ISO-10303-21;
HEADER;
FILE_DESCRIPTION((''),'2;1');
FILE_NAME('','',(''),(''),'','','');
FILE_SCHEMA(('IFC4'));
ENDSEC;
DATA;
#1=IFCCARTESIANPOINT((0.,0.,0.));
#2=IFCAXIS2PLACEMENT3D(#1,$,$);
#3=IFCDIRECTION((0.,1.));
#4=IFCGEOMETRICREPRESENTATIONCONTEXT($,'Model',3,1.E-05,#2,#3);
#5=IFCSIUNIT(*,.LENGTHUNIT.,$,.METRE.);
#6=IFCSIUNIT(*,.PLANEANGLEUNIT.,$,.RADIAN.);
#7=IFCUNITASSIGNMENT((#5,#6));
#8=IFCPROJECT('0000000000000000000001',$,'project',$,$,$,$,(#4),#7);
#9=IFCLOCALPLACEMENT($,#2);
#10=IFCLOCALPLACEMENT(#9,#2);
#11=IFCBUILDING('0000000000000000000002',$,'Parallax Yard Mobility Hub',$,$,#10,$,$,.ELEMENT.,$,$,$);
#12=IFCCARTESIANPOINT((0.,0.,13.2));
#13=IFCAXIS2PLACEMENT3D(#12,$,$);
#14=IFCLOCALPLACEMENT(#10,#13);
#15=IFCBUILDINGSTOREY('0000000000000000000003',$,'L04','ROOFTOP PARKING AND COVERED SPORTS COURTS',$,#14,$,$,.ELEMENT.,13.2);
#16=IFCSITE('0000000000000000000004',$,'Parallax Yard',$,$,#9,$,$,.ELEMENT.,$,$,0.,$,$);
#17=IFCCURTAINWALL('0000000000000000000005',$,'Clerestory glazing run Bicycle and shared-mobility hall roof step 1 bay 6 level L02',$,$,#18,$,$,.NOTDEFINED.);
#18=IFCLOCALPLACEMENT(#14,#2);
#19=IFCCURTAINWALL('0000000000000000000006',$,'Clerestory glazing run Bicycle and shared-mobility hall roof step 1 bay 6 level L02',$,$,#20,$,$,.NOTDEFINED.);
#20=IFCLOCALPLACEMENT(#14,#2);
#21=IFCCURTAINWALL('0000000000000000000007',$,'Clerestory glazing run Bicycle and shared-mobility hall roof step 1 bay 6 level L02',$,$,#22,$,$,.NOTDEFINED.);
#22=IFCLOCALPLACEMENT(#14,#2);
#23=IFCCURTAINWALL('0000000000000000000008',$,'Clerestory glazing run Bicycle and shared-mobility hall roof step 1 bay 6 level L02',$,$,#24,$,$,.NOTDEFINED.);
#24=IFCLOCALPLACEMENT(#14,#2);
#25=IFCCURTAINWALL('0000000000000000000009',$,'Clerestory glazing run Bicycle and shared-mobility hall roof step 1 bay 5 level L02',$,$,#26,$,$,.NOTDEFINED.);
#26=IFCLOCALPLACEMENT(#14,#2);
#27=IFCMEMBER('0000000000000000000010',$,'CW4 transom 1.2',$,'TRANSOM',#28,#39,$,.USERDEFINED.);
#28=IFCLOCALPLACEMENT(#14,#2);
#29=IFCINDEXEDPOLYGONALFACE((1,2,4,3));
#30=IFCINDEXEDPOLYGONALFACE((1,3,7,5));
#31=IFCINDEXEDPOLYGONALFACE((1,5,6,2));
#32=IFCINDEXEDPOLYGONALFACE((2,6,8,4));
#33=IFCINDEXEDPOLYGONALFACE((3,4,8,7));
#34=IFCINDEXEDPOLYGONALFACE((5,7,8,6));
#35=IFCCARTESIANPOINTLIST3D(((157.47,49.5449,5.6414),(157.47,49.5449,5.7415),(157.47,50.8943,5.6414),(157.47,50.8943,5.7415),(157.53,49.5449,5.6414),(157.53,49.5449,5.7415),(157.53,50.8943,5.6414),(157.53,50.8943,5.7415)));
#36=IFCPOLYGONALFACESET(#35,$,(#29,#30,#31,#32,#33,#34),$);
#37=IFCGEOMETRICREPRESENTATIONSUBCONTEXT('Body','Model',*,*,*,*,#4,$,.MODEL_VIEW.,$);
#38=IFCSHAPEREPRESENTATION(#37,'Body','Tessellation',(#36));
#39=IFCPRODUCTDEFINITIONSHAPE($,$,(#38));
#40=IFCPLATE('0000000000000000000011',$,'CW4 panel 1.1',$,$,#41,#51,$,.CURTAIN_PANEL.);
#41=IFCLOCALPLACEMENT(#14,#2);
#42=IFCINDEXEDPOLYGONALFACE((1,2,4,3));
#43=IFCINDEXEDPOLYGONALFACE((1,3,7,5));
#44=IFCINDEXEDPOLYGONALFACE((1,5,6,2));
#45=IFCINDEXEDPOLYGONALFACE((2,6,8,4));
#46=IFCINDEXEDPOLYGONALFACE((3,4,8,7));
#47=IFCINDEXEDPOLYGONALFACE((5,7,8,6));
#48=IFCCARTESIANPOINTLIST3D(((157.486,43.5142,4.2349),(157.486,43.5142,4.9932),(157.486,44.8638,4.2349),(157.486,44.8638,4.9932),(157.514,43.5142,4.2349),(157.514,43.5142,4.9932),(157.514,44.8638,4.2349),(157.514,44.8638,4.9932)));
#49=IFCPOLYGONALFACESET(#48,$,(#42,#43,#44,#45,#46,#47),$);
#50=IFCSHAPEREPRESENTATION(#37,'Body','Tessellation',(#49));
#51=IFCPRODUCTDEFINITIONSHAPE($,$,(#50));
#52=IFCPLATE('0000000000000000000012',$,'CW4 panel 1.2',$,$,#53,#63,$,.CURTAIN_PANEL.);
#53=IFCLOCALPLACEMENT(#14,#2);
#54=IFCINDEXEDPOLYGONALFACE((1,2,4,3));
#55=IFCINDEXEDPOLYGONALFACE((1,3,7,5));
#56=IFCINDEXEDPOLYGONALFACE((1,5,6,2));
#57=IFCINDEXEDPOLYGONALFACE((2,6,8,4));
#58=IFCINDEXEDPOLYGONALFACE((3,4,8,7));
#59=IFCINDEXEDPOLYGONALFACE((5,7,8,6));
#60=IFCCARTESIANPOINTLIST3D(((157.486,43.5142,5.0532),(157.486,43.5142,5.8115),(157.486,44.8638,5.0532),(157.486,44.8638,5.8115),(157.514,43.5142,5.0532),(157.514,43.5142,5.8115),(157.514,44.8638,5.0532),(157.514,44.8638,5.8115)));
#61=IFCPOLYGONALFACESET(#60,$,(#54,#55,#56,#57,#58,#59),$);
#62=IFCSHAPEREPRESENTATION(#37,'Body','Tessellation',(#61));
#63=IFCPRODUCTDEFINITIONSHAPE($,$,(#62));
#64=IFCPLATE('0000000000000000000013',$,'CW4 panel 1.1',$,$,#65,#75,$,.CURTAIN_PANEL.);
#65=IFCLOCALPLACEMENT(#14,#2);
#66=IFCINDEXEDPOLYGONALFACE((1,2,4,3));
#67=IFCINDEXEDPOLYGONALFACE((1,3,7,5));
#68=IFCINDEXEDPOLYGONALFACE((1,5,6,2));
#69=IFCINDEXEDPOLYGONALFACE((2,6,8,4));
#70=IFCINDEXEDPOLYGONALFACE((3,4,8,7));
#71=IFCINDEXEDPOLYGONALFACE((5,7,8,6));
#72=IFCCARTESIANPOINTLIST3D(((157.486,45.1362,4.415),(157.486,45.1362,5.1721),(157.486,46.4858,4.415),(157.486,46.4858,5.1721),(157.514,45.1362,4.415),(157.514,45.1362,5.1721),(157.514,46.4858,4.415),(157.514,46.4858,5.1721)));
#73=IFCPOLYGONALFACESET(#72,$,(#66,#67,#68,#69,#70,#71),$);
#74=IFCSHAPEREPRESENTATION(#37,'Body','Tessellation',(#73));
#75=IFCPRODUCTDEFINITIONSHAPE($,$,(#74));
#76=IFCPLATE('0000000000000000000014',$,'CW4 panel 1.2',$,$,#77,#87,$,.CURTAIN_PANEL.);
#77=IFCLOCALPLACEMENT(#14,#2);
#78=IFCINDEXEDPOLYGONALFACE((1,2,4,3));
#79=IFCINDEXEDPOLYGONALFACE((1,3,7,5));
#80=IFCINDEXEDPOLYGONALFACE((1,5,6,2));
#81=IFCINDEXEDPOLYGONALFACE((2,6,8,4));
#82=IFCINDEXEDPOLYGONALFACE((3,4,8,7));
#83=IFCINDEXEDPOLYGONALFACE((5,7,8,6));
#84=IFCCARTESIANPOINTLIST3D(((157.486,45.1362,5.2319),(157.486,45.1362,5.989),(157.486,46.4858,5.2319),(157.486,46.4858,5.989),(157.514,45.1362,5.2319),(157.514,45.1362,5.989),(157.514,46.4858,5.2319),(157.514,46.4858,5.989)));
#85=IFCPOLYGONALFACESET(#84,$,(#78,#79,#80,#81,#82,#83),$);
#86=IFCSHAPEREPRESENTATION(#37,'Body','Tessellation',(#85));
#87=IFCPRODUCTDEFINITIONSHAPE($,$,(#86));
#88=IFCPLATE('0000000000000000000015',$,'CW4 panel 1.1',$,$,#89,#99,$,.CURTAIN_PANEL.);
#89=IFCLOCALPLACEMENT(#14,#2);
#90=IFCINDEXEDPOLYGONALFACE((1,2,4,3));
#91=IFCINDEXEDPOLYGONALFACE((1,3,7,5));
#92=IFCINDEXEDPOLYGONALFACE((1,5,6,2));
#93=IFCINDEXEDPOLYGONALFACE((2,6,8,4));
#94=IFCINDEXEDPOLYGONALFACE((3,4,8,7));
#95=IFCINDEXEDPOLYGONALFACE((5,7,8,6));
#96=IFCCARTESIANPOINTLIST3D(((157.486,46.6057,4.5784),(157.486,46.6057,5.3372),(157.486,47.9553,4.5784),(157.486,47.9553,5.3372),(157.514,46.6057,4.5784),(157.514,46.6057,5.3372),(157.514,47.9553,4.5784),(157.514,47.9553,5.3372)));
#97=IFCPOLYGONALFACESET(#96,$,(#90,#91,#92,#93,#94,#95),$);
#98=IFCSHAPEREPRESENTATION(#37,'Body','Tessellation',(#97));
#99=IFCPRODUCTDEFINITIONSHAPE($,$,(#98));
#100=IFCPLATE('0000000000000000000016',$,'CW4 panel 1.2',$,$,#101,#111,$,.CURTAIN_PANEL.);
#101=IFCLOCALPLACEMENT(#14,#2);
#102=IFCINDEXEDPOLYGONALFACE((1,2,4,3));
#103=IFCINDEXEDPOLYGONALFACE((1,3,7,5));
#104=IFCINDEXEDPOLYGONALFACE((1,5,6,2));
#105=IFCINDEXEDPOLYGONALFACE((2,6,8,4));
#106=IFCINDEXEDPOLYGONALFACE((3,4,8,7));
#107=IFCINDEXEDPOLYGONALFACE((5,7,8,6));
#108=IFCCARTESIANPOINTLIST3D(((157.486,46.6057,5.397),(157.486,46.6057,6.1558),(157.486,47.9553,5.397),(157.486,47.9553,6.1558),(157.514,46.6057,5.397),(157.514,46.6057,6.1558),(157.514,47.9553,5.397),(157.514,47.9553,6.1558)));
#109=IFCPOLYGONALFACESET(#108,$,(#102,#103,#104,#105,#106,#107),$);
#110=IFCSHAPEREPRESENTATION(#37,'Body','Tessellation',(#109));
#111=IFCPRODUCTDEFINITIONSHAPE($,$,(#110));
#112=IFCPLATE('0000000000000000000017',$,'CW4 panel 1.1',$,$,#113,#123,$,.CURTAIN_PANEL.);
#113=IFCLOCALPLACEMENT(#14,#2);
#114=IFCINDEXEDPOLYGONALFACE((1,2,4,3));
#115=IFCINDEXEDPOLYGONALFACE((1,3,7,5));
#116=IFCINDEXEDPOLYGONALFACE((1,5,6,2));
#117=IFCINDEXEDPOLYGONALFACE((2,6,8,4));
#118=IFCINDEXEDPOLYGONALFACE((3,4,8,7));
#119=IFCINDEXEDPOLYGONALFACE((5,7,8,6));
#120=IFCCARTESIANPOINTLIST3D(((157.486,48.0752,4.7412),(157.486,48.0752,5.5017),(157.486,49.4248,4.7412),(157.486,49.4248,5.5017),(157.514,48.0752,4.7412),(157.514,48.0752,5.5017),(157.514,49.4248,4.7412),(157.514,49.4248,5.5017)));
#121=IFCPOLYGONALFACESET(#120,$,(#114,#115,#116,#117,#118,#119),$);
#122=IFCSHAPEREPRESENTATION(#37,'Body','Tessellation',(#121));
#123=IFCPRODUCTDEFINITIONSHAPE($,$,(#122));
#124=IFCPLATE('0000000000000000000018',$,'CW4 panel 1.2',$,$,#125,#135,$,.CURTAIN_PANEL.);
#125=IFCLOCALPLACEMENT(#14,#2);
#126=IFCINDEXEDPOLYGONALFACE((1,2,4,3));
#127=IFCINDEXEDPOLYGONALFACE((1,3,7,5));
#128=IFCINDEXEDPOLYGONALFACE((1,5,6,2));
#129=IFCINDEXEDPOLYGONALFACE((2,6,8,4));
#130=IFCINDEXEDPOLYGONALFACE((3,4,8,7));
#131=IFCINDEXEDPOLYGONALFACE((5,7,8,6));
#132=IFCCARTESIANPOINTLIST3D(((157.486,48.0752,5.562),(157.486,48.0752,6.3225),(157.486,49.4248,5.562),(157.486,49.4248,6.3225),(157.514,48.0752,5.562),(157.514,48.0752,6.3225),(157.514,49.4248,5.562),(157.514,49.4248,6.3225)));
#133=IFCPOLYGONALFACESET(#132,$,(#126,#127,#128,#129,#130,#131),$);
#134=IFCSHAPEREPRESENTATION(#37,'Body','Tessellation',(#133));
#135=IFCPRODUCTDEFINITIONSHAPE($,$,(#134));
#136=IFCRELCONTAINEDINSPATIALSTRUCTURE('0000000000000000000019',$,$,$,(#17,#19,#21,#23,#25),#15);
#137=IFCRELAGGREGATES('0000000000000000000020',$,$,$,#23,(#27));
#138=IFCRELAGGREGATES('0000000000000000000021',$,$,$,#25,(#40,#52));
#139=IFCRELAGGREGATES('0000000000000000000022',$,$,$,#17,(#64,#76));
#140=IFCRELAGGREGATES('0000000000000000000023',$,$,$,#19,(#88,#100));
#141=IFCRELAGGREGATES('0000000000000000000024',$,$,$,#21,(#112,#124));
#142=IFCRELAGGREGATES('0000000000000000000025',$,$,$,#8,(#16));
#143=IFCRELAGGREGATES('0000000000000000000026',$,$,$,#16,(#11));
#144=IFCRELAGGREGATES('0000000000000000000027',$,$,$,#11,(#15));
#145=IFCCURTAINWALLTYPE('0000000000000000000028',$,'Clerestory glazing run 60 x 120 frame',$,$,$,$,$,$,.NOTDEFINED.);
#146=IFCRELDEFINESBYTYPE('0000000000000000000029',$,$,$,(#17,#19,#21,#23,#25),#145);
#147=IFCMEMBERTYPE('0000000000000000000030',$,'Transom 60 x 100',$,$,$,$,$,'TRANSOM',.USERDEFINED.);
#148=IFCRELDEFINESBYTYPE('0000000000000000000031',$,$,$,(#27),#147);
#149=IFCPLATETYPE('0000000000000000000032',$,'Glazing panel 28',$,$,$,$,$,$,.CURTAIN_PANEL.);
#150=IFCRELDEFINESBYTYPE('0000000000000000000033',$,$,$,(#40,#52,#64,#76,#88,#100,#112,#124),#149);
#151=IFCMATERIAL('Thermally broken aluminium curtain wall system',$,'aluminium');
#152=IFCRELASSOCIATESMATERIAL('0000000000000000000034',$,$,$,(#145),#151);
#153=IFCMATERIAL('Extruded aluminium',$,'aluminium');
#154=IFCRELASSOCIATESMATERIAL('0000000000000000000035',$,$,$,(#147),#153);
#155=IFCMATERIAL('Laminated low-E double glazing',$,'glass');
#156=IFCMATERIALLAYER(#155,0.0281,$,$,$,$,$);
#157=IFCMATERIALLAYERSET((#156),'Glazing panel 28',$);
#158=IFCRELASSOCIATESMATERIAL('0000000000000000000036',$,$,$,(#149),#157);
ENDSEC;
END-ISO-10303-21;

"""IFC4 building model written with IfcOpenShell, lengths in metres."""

from ifc_helpers import new_model, si_unit, direction, frame, origin, origin_2d, place, context, subcontext, project, spatial, rectangle, extrude, material, layer, layer_set, material_profile, profile_set, type_object, element, aggregate, save


model = new_model("IFC4")

# Units and contexts
model_context = context("Model", 3, precision=1e-05, world=origin(), true_north=direction((0.0, 1.0)))
body_context = subcontext(model_context, "Body", "Model", "MODEL_VIEW")
ifc_project = project(units=[si_unit("LENGTHUNIT", "METRE"), si_unit("PLANEANGLEUNIT", "RADIAN")], contexts=[model_context])

# Site, building, storey
site_placement = place(None, origin())
site = spatial("IfcSite", under=ifc_project, at=site_placement, Name="Parallax Yard", CompositionType="ELEMENT", RefElevation=0.0)
building_placement = place(site_placement, origin())
building = spatial("IfcBuilding", under=site, at=building_placement, Name="Parallax Yard Mobility Hub", CompositionType="ELEMENT")
storey_placement = place(building_placement, frame((0.0, 0.0, 13.2)))
storey = spatial("IfcBuildingStorey", under=building, at=storey_placement, Name="L04", Description="ROOFTOP PARKING AND COVERED SPORTS COURTS", CompositionType="ELEMENT", Elevation=13.2)

# Curtain wall
ifc_material_1 = material(Name="Thermally broken aluminium curtain wall system", Category="aluminium")
curtain_wall_type = type_object("IfcCurtainWallType", Name="Clerestory glazing run 60 x 120 frame", PredefinedType="NOTDEFINED", material=ifc_material_1)
curtain_wall_1_placement = place(storey_placement, origin())
curtain_wall_1 = element("IfcCurtainWall", 1, at=curtain_wall_1_placement, inside=storey, type_object=curtain_wall_type, Name="Clerestory glazing run Bicycle and shared-mobility hall roof step 1 bay 6 level L02", PredefinedType="NOTDEFINED")
ifc_material_2 = material(Name="Extruded aluminium", Category="aluminium")

# Curtain walls
curtain_wall_2_placement = place(storey_placement, origin())
curtain_wall_2 = element("IfcCurtainWall", 2, at=curtain_wall_2_placement, inside=storey, type_object=curtain_wall_type, Name="Clerestory glazing run Bicycle and shared-mobility hall roof step 1 bay 6 level L02", PredefinedType="NOTDEFINED")
curtain_wall_3_placement = place(storey_placement, origin())
curtain_wall_3 = element("IfcCurtainWall", 3, at=curtain_wall_3_placement, inside=storey, type_object=curtain_wall_type, Name="Clerestory glazing run Bicycle and shared-mobility hall roof step 1 bay 6 level L02", PredefinedType="NOTDEFINED")

# Curtain wall
curtain_wall_4_placement = place(storey_placement, origin())
curtain_wall_4 = element("IfcCurtainWall", 4, at=curtain_wall_4_placement, inside=storey, type_object=curtain_wall_type, Name="Clerestory glazing run Bicycle and shared-mobility hall roof step 1 bay 6 level L02", PredefinedType="NOTDEFINED")

# Curtain wall
curtain_wall_5_placement = place(storey_placement, origin())
curtain_wall_5 = element("IfcCurtainWall", 5, at=curtain_wall_5_placement, inside=storey, type_object=curtain_wall_type, Name="Clerestory glazing run Bicycle and shared-mobility hall roof step 1 bay 5 level L02", PredefinedType="NOTDEFINED")
ifc_material_profile_1 = material_profile(ifc_material_2, rectangle(XDim=0.0601, YDim=0.1001, at=origin_2d()), Name="Transom 60 x 100")
ifc_profile_set_1 = profile_set([ifc_material_profile_1], Name="Extruded aluminium")
member_type_1 = type_object("IfcMemberType", Name="Transom 60 x 100", ElementType="TRANSOM", PredefinedType="USERDEFINED", material=ifc_profile_set_1)

# Member
member_1_placement = place(storey_placement, frame((157.5, 49.5449, 5.6914), z_axis=(0.0, 1.0, 0.0), x_axis=(-1.0, 0.0, 0.0)))
member_1 = element("IfcMember", 6, at=member_1_placement, type_object=member_type_1, Name="CW4 transom 1.2", ObjectType="TRANSOM", PredefinedType="USERDEFINED", context=body_context, shape_type="SweptSolid", body=[
    extrude(rectangle(XDim=0.0601, YDim=0.1001, at=origin_2d()), origin(), (0.0, 0.0, 1.0), 1.3494),
])
aggregate(curtain_wall_4, [member_1])

# Plates
ifc_material_3 = material(Name="Laminated low-E double glazing", Category="glass")
ifc_layer = layer(ifc_material_3, 0.0281)
ifc_layer_set = layer_set([ifc_layer], Name="Glazing panel 28")
plate_type = type_object("IfcPlateType", Name="Glazing panel 28", PredefinedType="CURTAIN_PANEL", material=ifc_layer_set)
plate_1_placement = place(storey_placement, frame((157.5, 44.189, 4.2349), z_axis=(0.0, 0.0, 1.0), x_axis=(0.0, 1.0, 0.0)))
plate_1 = element("IfcPlate", 7, at=plate_1_placement, type_object=plate_type, Name="CW4 panel 1.1", PredefinedType="CURTAIN_PANEL", context=body_context, shape_type="SweptSolid", body=[
    extrude(rectangle(XDim=1.3496, YDim=0.0281, at=origin_2d()), origin(), (0.0, 0.0, 1.0), 0.7583),
])
plate_2_placement = place(storey_placement, frame((157.5, 44.189, 5.0532), z_axis=(0.0, 0.0, 1.0), x_axis=(0.0, 1.0, 0.0)))
plate_2 = element("IfcPlate", 8, at=plate_2_placement, type_object=plate_type, Name="CW4 panel 1.2", PredefinedType="CURTAIN_PANEL", context=body_context, shape_type="SweptSolid", body=[
    extrude(rectangle(XDim=1.3496, YDim=0.0281, at=origin_2d()), origin(), (0.0, 0.0, 1.0), 0.7583),
])
aggregate(curtain_wall_5, [plate_1, plate_2])
plate_3_placement = place(storey_placement, frame((157.5, 45.811, 4.415), z_axis=(0.0, 0.0, 1.0), x_axis=(0.0, 1.0, 0.0)))
plate_3 = element("IfcPlate", 9, at=plate_3_placement, type_object=plate_type, Name="CW4 panel 1.1", PredefinedType="CURTAIN_PANEL", context=body_context, shape_type="SweptSolid", body=[
    extrude(rectangle(XDim=1.3496, YDim=0.0281, at=origin_2d()), origin(), (0.0, 0.0, 1.0), 0.7571),
])
plate_4_placement = place(storey_placement, frame((157.5, 45.811, 5.2319), z_axis=(0.0, 0.0, 1.0), x_axis=(0.0, 1.0, 0.0)))
plate_4 = element("IfcPlate", 10, at=plate_4_placement, type_object=plate_type, Name="CW4 panel 1.2", PredefinedType="CURTAIN_PANEL", context=body_context, shape_type="SweptSolid", body=[
    extrude(rectangle(XDim=1.3496, YDim=0.0281, at=origin_2d()), origin(), (0.0, 0.0, 1.0), 0.7571),
])
aggregate(curtain_wall_1, [plate_3, plate_4])
plate_5_placement = place(storey_placement, frame((157.5, 47.2805, 4.5784), z_axis=(0.0, 0.0, 1.0), x_axis=(0.0, 1.0, 0.0)))
plate_5 = element("IfcPlate", 11, at=plate_5_placement, type_object=plate_type, Name="CW4 panel 1.1", PredefinedType="CURTAIN_PANEL", context=body_context, shape_type="SweptSolid", body=[
    extrude(rectangle(XDim=1.3496, YDim=0.0281, at=origin_2d()), origin(), (0.0, 0.0, 1.0), 0.7588),
])
plate_6_placement = place(storey_placement, frame((157.5, 47.2805, 5.397), z_axis=(0.0, 0.0, 1.0), x_axis=(0.0, 1.0, 0.0)))
plate_6 = element("IfcPlate", 12, at=plate_6_placement, type_object=plate_type, Name="CW4 panel 1.2", PredefinedType="CURTAIN_PANEL", context=body_context, shape_type="SweptSolid", body=[
    extrude(rectangle(XDim=1.3496, YDim=0.0281, at=origin_2d()), origin(), (0.0, 0.0, 1.0), 0.7588),
])
aggregate(curtain_wall_2, [plate_5, plate_6])
plate_7_placement = place(storey_placement, frame((157.5, 48.75, 4.7412), z_axis=(0.0, 0.0, 1.0), x_axis=(0.0, 1.0, 0.0)))
plate_7 = element("IfcPlate", 13, at=plate_7_placement, type_object=plate_type, Name="CW4 panel 1.1", PredefinedType="CURTAIN_PANEL", context=body_context, shape_type="SweptSolid", body=[
    extrude(rectangle(XDim=1.3496, YDim=0.0281, at=origin_2d()), origin(), (0.0, 0.0, 1.0), 0.7605),
])
plate_8_placement = place(storey_placement, frame((157.5, 48.75, 5.562), z_axis=(0.0, 0.0, 1.0), x_axis=(0.0, 1.0, 0.0)))
plate_8 = element("IfcPlate", 14, at=plate_8_placement, type_object=plate_type, Name="CW4 panel 1.2", PredefinedType="CURTAIN_PANEL", context=body_context, shape_type="SweptSolid", body=[
    extrude(rectangle(XDim=1.3496, YDim=0.0281, at=origin_2d()), origin(), (0.0, 0.0, 1.0), 0.7605),
])
aggregate(curtain_wall_3, [plate_7, plate_8])

save(model, "model.ifc")
